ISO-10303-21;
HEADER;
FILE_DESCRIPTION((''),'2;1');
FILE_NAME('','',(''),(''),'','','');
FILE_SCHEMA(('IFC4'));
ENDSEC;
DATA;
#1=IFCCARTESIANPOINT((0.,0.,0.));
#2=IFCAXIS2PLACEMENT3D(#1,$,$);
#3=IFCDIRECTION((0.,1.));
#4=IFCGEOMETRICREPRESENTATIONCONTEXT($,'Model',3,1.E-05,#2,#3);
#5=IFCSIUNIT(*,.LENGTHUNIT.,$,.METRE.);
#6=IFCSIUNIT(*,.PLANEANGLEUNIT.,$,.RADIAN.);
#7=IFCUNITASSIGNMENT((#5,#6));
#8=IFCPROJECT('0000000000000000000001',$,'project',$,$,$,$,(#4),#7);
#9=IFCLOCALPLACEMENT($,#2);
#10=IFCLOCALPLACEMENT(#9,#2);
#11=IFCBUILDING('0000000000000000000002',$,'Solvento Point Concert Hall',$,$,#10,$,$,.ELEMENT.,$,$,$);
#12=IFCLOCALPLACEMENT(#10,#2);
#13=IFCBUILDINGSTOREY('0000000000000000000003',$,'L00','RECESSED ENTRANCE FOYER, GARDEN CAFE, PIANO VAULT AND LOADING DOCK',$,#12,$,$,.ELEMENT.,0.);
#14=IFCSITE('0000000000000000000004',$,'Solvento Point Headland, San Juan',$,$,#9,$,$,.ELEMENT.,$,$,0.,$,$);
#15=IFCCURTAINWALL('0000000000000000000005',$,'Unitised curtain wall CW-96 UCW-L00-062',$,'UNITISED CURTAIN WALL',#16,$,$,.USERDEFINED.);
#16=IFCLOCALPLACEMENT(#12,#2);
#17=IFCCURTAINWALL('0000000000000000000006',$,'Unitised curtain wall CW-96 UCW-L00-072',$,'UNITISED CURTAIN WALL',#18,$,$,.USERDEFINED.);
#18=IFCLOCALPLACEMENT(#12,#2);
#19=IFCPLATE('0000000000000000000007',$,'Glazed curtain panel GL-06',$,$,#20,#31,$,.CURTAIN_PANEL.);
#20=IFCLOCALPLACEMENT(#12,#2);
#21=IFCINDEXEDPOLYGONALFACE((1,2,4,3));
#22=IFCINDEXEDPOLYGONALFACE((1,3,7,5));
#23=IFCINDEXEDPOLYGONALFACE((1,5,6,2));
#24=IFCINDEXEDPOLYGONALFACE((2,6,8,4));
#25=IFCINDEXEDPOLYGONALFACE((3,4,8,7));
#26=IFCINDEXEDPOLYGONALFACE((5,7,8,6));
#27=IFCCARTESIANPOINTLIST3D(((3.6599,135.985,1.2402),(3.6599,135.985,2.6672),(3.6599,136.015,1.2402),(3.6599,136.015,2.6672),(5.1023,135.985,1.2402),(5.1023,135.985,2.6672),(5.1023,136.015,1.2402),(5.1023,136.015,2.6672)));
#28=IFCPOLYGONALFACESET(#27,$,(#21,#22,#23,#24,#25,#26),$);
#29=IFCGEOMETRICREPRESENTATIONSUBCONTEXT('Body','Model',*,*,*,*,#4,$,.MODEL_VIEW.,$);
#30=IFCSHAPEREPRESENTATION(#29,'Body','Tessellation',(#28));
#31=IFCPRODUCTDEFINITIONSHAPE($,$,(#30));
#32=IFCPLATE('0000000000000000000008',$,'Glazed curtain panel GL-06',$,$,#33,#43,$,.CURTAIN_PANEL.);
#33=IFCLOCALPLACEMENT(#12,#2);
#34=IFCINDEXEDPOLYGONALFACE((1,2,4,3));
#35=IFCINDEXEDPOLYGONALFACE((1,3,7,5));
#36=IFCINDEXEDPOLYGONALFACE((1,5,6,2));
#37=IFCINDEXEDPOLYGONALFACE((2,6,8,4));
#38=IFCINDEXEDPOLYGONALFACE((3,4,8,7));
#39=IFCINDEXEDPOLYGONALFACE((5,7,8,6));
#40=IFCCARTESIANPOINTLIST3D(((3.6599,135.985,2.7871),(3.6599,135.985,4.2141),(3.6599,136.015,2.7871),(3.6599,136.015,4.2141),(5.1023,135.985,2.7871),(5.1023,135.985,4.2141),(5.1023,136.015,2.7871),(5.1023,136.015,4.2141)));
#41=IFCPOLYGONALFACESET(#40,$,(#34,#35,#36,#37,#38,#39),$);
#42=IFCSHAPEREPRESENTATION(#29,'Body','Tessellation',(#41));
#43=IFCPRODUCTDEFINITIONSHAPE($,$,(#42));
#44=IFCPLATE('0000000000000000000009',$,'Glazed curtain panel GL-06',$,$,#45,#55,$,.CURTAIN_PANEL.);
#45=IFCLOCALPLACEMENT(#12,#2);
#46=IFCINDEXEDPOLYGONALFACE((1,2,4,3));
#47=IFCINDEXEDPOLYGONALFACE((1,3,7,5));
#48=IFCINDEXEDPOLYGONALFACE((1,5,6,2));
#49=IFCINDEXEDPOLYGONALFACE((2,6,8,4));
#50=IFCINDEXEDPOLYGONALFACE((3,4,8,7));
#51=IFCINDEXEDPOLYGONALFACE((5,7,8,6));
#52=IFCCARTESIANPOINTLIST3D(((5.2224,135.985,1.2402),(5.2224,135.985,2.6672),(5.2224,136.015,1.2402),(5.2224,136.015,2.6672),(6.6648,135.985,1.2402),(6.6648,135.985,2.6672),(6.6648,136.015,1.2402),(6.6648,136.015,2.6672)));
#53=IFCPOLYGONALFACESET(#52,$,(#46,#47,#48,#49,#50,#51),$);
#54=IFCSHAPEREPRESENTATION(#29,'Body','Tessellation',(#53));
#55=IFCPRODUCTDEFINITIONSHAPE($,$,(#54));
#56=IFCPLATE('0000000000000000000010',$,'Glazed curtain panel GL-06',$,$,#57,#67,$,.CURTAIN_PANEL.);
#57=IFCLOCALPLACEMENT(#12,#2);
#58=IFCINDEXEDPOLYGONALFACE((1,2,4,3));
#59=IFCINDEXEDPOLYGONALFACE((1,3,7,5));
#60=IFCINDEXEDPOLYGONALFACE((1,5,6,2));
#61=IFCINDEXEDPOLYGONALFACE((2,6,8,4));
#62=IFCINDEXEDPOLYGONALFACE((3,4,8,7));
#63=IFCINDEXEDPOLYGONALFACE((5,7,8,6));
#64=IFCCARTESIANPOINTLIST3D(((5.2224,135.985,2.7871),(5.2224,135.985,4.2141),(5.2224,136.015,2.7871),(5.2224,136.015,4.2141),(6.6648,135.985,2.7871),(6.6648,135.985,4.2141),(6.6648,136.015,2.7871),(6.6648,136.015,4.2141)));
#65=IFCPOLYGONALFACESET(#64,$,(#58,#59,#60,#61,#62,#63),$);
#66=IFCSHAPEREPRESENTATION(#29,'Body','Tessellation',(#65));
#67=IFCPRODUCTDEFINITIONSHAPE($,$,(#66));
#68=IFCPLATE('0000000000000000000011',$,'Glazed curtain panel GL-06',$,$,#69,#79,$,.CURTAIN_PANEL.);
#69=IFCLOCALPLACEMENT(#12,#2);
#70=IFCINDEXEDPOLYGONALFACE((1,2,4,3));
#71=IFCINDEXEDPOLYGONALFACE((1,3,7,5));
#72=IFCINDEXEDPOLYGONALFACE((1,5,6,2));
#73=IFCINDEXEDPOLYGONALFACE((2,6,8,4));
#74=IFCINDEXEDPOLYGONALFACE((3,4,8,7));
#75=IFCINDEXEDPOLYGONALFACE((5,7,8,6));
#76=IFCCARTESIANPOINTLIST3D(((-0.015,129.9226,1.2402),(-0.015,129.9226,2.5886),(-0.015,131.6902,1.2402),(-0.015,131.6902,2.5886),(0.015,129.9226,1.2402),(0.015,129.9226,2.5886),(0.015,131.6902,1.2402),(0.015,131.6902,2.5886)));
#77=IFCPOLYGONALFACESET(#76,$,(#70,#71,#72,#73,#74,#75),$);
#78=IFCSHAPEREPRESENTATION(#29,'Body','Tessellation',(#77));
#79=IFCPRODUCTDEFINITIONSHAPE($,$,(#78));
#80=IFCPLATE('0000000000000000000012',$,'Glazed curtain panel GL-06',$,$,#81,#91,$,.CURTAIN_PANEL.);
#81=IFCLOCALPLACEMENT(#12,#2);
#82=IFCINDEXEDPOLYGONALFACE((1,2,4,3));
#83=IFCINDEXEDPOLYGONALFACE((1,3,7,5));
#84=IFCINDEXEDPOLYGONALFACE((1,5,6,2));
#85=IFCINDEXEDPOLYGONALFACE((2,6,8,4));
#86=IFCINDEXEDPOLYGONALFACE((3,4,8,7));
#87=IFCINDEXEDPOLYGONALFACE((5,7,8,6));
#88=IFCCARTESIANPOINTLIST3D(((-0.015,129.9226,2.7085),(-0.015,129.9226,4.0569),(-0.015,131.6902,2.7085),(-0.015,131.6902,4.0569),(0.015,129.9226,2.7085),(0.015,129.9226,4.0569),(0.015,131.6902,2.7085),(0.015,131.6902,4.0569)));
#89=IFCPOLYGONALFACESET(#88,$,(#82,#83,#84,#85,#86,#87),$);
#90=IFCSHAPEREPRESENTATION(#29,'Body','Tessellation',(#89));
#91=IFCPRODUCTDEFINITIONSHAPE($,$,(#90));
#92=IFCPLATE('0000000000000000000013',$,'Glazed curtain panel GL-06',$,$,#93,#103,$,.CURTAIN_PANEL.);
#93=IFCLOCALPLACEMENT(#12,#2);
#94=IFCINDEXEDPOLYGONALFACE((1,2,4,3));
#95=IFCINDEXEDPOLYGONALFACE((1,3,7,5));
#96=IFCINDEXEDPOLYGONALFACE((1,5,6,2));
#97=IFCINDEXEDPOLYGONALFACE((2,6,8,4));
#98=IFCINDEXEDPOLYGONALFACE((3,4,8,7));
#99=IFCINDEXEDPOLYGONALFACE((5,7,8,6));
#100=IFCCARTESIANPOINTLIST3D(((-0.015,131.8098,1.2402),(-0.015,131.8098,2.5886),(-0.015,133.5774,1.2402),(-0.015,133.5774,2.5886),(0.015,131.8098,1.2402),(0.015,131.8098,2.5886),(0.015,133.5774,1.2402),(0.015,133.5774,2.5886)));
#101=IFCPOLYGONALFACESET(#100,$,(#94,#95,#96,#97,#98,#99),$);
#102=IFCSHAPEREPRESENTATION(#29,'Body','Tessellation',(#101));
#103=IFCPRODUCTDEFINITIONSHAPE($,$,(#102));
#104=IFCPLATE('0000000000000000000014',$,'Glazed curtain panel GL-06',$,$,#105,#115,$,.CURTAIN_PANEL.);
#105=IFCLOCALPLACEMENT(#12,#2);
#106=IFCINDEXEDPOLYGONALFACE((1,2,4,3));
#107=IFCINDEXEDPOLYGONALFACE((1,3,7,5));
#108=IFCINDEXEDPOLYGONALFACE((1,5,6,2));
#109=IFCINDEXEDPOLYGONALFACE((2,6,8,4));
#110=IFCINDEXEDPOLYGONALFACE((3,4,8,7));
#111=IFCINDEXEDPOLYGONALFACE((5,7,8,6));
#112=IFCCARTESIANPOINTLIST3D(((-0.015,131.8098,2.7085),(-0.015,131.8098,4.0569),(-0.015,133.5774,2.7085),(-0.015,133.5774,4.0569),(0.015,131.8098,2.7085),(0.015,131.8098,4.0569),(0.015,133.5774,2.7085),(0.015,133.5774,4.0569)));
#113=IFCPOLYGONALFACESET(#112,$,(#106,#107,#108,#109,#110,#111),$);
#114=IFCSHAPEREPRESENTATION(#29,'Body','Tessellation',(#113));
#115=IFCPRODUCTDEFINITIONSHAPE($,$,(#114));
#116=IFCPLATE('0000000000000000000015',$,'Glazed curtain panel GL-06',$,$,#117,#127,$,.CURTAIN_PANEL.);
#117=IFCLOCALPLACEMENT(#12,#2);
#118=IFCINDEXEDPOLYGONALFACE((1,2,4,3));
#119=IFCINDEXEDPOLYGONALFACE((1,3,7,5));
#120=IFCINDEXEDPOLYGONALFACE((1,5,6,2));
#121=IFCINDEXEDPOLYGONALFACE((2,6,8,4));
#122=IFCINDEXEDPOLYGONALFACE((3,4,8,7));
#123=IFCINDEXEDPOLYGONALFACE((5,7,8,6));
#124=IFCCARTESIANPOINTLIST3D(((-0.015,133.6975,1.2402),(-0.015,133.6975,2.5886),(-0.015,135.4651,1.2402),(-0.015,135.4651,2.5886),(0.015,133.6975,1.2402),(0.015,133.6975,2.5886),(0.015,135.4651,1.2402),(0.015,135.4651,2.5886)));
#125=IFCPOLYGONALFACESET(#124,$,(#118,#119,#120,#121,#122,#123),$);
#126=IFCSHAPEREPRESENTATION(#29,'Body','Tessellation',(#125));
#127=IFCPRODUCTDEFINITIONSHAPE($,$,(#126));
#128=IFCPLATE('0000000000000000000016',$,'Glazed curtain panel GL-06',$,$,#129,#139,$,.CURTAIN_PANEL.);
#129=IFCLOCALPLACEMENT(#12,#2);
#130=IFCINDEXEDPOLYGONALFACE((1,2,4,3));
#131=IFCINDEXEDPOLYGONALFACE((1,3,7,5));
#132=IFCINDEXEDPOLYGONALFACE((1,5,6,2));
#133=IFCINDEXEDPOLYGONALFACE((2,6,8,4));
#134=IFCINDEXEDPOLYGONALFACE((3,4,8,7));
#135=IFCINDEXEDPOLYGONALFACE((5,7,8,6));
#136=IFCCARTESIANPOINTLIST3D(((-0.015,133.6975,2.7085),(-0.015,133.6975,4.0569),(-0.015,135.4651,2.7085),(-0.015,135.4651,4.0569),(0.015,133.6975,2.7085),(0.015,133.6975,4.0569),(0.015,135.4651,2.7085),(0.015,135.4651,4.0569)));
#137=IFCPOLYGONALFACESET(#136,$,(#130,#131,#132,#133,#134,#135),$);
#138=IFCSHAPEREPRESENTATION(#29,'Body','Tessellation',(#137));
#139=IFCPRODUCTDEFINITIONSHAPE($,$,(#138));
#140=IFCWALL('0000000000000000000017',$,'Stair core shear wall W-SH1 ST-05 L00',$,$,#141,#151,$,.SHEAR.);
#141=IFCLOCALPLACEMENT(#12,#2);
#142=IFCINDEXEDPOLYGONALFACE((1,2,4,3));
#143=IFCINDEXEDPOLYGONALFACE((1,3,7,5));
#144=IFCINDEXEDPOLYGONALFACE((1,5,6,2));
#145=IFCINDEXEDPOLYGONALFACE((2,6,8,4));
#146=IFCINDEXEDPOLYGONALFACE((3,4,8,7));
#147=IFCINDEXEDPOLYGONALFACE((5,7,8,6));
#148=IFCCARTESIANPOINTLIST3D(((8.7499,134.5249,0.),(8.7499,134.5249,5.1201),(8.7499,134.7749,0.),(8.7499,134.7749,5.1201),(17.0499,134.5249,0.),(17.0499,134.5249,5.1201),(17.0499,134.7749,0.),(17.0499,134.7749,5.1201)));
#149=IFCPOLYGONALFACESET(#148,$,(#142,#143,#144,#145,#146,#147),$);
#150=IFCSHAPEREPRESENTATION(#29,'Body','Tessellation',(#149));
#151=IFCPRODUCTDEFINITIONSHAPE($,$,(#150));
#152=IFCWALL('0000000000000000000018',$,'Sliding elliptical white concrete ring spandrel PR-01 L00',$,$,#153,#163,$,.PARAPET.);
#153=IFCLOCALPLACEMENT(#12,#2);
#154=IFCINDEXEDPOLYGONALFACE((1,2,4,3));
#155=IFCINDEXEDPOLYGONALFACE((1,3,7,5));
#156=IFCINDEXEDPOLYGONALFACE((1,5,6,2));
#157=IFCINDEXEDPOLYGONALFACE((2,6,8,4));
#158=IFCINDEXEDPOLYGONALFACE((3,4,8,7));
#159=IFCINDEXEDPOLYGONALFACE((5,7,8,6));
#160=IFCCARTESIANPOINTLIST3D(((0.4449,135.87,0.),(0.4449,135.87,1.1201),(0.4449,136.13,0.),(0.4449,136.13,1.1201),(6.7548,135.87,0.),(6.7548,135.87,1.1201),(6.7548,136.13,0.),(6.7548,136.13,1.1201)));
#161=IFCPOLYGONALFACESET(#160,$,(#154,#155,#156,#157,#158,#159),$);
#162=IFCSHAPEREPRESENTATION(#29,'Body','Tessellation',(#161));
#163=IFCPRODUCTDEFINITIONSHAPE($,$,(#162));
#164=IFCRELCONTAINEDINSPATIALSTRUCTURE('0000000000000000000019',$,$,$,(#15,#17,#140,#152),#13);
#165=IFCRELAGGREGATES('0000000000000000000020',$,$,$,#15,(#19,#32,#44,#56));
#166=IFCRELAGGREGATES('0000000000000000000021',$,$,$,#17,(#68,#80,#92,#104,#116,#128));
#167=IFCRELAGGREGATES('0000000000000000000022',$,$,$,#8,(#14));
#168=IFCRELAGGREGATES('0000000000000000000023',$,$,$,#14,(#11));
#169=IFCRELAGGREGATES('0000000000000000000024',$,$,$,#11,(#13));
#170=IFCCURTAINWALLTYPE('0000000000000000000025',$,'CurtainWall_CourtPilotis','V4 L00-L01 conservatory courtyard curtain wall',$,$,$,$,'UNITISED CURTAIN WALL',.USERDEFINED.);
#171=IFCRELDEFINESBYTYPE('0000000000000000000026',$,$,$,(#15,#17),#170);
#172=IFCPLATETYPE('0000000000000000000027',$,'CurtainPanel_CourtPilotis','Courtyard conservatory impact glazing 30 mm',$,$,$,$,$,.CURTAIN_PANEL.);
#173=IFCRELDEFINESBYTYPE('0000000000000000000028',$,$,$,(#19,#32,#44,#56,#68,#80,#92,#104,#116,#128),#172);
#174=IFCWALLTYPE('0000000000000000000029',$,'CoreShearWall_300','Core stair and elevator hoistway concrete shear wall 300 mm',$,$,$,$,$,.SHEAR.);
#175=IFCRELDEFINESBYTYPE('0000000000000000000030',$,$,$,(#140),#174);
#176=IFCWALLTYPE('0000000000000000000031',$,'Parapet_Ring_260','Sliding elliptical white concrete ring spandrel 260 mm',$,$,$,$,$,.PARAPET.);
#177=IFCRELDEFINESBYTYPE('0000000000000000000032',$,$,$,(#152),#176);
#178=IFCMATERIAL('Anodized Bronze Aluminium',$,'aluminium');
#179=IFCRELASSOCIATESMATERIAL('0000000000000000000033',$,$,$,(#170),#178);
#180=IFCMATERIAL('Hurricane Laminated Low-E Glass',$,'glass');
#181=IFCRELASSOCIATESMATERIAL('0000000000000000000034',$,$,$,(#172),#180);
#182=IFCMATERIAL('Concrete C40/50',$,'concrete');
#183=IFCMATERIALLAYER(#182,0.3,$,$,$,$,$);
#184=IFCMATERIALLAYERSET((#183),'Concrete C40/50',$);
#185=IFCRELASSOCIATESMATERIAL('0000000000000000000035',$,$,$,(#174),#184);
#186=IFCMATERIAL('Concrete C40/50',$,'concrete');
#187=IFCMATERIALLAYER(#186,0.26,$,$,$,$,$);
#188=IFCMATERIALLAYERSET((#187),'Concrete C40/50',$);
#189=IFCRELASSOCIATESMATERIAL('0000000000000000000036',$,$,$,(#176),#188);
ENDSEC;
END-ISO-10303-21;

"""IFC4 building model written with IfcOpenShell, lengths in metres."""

from ifc_helpers import new_model, si_unit, direction, frame, frame_2d, origin, origin_2d, place, context, subcontext, project, spatial, rectangle, extrude, material, layer, layer_set, type_object, element, aggregate, save


model = new_model("IFC4")

# Units and contexts
model_context = context("Model", 3, precision=1e-05, world=origin(), true_north=direction((0.0, 1.0)))
body_context = subcontext(model_context, "Body", "Model", "MODEL_VIEW")
ifc_project = project(units=[si_unit("LENGTHUNIT", "METRE"), si_unit("PLANEANGLEUNIT", "RADIAN")], contexts=[model_context])

# Site, building, storey
site_placement = place(None, origin())
site = spatial("IfcSite", under=ifc_project, at=site_placement, Name="Solvento Point Headland, San Juan", CompositionType="ELEMENT", RefElevation=0.0)
building_placement = place(site_placement, origin())
building = spatial("IfcBuilding", under=site, at=building_placement, Name="Solvento Point Concert Hall", CompositionType="ELEMENT")
storey_placement = place(building_placement, origin())
storey = spatial("IfcBuildingStorey", under=building, at=storey_placement, Name="L00", Description="RECESSED ENTRANCE FOYER, GARDEN CAFE, PIANO VAULT AND LOADING DOCK", CompositionType="ELEMENT", Elevation=0.0)

# Curtain walls
ifc_material_1 = material(Name="Anodized Bronze Aluminium", Category="aluminium")
curtain_wall_type = type_object("IfcCurtainWallType", Name="CurtainWall_CourtPilotis", Description="V4 L00-L01 conservatory courtyard curtain wall", ElementType="UNITISED CURTAIN WALL", PredefinedType="USERDEFINED", material=ifc_material_1)
curtain_wall_1_placement = place(storey_placement, origin())
curtain_wall_1 = element("IfcCurtainWall", 1, at=curtain_wall_1_placement, inside=storey, type_object=curtain_wall_type, Name="Unitised curtain wall CW-96 UCW-L00-062", ObjectType="UNITISED CURTAIN WALL", PredefinedType="USERDEFINED")
curtain_wall_2_placement = place(storey_placement, origin())
curtain_wall_2 = element("IfcCurtainWall", 2, at=curtain_wall_2_placement, inside=storey, type_object=curtain_wall_type, Name="Unitised curtain wall CW-96 UCW-L00-072", ObjectType="UNITISED CURTAIN WALL", PredefinedType="USERDEFINED")

# Plates
ifc_material_2 = material(Name="Hurricane Laminated Low-E Glass", Category="glass")
plate_type = type_object("IfcPlateType", Name="CurtainPanel_CourtPilotis", Description="Courtyard conservatory impact glazing 30 mm", PredefinedType="CURTAIN_PANEL", material=ifc_material_2)
plate_1_placement = place(storey_placement, frame((4.3811, 136.0, 1.2402), z_axis=(0.0, 0.0, 1.0), x_axis=(1.0, 0.0, 0.0)))
plate_1 = element("IfcPlate", 3, at=plate_1_placement, type_object=plate_type, Name="Glazed curtain panel GL-06", PredefinedType="CURTAIN_PANEL", context=body_context, shape_type="SweptSolid", body=[
    extrude(rectangle(XDim=1.4424, YDim=0.03, at=origin_2d()), origin(), (0.0, 0.0, 1.0), 1.427),
])
plate_2_placement = place(storey_placement, frame((4.3811, 136.0, 2.7871), z_axis=(0.0, 0.0, 1.0), x_axis=(1.0, 0.0, 0.0)))
plate_2 = element("IfcPlate", 4, at=plate_2_placement, type_object=plate_type, Name="Glazed curtain panel GL-06", PredefinedType="CURTAIN_PANEL", context=body_context, shape_type="SweptSolid", body=[
    extrude(rectangle(XDim=1.4424, YDim=0.03, at=origin_2d()), origin(), (0.0, 0.0, 1.0), 1.427),
])
plate_3_placement = place(storey_placement, frame((5.9436, 136.0, 1.2402), z_axis=(0.0, 0.0, 1.0), x_axis=(1.0, 0.0, 0.0)))
plate_3 = element("IfcPlate", 5, at=plate_3_placement, type_object=plate_type, Name="Glazed curtain panel GL-06", PredefinedType="CURTAIN_PANEL", context=body_context, shape_type="SweptSolid", body=[
    extrude(rectangle(XDim=1.4424, YDim=0.03, at=origin_2d()), origin(), (0.0, 0.0, 1.0), 1.427),
])
plate_4_placement = place(storey_placement, frame((5.9436, 136.0, 2.7871), z_axis=(0.0, 0.0, 1.0), x_axis=(1.0, 0.0, 0.0)))
plate_4 = element("IfcPlate", 6, at=plate_4_placement, type_object=plate_type, Name="Glazed curtain panel GL-06", PredefinedType="CURTAIN_PANEL", context=body_context, shape_type="SweptSolid", body=[
    extrude(rectangle(XDim=1.4424, YDim=0.03, at=origin_2d()), origin(), (0.0, 0.0, 1.0), 1.427),
])
aggregate(curtain_wall_1, [plate_1, plate_2, plate_3, plate_4])
plate_5_placement = place(storey_placement, frame((0.0, 130.8064, 1.2402), z_axis=(0.0, 0.0, 1.0), x_axis=(0.0, 1.0, 0.0)))
plate_5 = element("IfcPlate", 7, at=plate_5_placement, type_object=plate_type, Name="Glazed curtain panel GL-06", PredefinedType="CURTAIN_PANEL", context=body_context, shape_type="SweptSolid", body=[
    extrude(rectangle(XDim=1.7676, YDim=0.03, at=origin_2d()), origin(), (0.0, 0.0, 1.0), 1.3484),
])
plate_6_placement = place(storey_placement, frame((0.0, 130.8064, 2.7085), z_axis=(0.0, 0.0, 1.0), x_axis=(0.0, 1.0, 0.0)))
plate_6 = element("IfcPlate", 8, at=plate_6_placement, type_object=plate_type, Name="Glazed curtain panel GL-06", PredefinedType="CURTAIN_PANEL", context=body_context, shape_type="SweptSolid", body=[
    extrude(rectangle(XDim=1.7676, YDim=0.03, at=origin_2d()), origin(), (0.0, 0.0, 1.0), 1.3484),
])
plate_7_placement = place(storey_placement, frame((0.0, 132.6936, 1.2402), z_axis=(0.0, 0.0, 1.0), x_axis=(0.0, 1.0, 0.0)))
plate_7 = element("IfcPlate", 9, at=plate_7_placement, type_object=plate_type, Name="Glazed curtain panel GL-06", PredefinedType="CURTAIN_PANEL", context=body_context, shape_type="SweptSolid", body=[
    extrude(rectangle(XDim=1.7676, YDim=0.03, at=origin_2d()), origin(), (0.0, 0.0, 1.0), 1.3484),
])
plate_8_placement = place(storey_placement, frame((0.0, 132.6936, 2.7085), z_axis=(0.0, 0.0, 1.0), x_axis=(0.0, 1.0, 0.0)))
plate_8 = element("IfcPlate", 10, at=plate_8_placement, type_object=plate_type, Name="Glazed curtain panel GL-06", PredefinedType="CURTAIN_PANEL", context=body_context, shape_type="SweptSolid", body=[
    extrude(rectangle(XDim=1.7676, YDim=0.03, at=origin_2d()), origin(), (0.0, 0.0, 1.0), 1.3484),
])
plate_9_placement = place(storey_placement, frame((0.0, 134.5813, 1.2402), z_axis=(0.0, 0.0, 1.0), x_axis=(0.0, 1.0, 0.0)))
plate_9 = element("IfcPlate", 11, at=plate_9_placement, type_object=plate_type, Name="Glazed curtain panel GL-06", PredefinedType="CURTAIN_PANEL", context=body_context, shape_type="SweptSolid", body=[
    extrude(rectangle(XDim=1.7676, YDim=0.03, at=origin_2d()), origin(), (0.0, 0.0, 1.0), 1.3484),
])
plate_10_placement = place(storey_placement, frame((0.0, 134.5813, 2.7085), z_axis=(0.0, 0.0, 1.0), x_axis=(0.0, 1.0, 0.0)))
plate_10 = element("IfcPlate", 12, at=plate_10_placement, type_object=plate_type, Name="Glazed curtain panel GL-06", PredefinedType="CURTAIN_PANEL", context=body_context, shape_type="SweptSolid", body=[
    extrude(rectangle(XDim=1.7676, YDim=0.03, at=origin_2d()), origin(), (0.0, 0.0, 1.0), 1.3484),
])
aggregate(curtain_wall_2, [plate_5, plate_6, plate_7, plate_8, plate_9, plate_10])

# Wall
ifc_material_3 = material(Name="Concrete C40/50", Category="concrete")
ifc_layer_1 = layer(ifc_material_3, 0.3)
ifc_layer_set_1 = layer_set([ifc_layer_1], Name="Concrete C40/50")
wall_type_1 = type_object("IfcWallType", Name="CoreShearWall_300", Description="Core stair and elevator hoistway concrete shear wall 300 mm", PredefinedType="SHEAR", material=ifc_layer_set_1)
wall_1_placement = place(storey_placement, frame((8.75, 134.6499, 0.0), z_axis=(0.0, 0.0, 1.0), x_axis=(1.0, 0.0, 0.0)))
element("IfcWall", 13, at=wall_1_placement, inside=storey, type_object=wall_type_1, Name="Stair core shear wall W-SH1 ST-05 L00", PredefinedType="SHEAR", context=body_context, shape_type="SweptSolid", body=[
    extrude(rectangle(XDim=8.3, YDim=0.25, at=frame_2d((4.1499, 0.0))), origin(), (0.0, 0.0, 1.0), 5.1201),
])

# Wall
ifc_material_4 = material(Name="Concrete C40/50", Category="concrete")
ifc_layer_2 = layer(ifc_material_4, 0.26)
ifc_layer_set_2 = layer_set([ifc_layer_2], Name="Concrete C40/50")
wall_type_2 = type_object("IfcWallType", Name="Parapet_Ring_260", Description="Sliding elliptical white concrete ring spandrel 260 mm", PredefinedType="PARAPET", material=ifc_layer_set_2)
wall_2_placement = place(storey_placement, frame((0.4451, 136.0, 0.0), z_axis=(0.0, 0.0, 1.0), x_axis=(1.0, 0.0, 0.0)))
element("IfcWall", 14, at=wall_2_placement, inside=storey, type_object=wall_type_2, Name="Sliding elliptical white concrete ring spandrel PR-01 L00", PredefinedType="PARAPET", context=body_context, shape_type="SweptSolid", body=[
    extrude(rectangle(XDim=6.3098, YDim=0.26, at=frame_2d((3.1548, 0.0))), origin(), (0.0, 0.0, 1.0), 1.1201),
])

save(model, "model.ifc")
